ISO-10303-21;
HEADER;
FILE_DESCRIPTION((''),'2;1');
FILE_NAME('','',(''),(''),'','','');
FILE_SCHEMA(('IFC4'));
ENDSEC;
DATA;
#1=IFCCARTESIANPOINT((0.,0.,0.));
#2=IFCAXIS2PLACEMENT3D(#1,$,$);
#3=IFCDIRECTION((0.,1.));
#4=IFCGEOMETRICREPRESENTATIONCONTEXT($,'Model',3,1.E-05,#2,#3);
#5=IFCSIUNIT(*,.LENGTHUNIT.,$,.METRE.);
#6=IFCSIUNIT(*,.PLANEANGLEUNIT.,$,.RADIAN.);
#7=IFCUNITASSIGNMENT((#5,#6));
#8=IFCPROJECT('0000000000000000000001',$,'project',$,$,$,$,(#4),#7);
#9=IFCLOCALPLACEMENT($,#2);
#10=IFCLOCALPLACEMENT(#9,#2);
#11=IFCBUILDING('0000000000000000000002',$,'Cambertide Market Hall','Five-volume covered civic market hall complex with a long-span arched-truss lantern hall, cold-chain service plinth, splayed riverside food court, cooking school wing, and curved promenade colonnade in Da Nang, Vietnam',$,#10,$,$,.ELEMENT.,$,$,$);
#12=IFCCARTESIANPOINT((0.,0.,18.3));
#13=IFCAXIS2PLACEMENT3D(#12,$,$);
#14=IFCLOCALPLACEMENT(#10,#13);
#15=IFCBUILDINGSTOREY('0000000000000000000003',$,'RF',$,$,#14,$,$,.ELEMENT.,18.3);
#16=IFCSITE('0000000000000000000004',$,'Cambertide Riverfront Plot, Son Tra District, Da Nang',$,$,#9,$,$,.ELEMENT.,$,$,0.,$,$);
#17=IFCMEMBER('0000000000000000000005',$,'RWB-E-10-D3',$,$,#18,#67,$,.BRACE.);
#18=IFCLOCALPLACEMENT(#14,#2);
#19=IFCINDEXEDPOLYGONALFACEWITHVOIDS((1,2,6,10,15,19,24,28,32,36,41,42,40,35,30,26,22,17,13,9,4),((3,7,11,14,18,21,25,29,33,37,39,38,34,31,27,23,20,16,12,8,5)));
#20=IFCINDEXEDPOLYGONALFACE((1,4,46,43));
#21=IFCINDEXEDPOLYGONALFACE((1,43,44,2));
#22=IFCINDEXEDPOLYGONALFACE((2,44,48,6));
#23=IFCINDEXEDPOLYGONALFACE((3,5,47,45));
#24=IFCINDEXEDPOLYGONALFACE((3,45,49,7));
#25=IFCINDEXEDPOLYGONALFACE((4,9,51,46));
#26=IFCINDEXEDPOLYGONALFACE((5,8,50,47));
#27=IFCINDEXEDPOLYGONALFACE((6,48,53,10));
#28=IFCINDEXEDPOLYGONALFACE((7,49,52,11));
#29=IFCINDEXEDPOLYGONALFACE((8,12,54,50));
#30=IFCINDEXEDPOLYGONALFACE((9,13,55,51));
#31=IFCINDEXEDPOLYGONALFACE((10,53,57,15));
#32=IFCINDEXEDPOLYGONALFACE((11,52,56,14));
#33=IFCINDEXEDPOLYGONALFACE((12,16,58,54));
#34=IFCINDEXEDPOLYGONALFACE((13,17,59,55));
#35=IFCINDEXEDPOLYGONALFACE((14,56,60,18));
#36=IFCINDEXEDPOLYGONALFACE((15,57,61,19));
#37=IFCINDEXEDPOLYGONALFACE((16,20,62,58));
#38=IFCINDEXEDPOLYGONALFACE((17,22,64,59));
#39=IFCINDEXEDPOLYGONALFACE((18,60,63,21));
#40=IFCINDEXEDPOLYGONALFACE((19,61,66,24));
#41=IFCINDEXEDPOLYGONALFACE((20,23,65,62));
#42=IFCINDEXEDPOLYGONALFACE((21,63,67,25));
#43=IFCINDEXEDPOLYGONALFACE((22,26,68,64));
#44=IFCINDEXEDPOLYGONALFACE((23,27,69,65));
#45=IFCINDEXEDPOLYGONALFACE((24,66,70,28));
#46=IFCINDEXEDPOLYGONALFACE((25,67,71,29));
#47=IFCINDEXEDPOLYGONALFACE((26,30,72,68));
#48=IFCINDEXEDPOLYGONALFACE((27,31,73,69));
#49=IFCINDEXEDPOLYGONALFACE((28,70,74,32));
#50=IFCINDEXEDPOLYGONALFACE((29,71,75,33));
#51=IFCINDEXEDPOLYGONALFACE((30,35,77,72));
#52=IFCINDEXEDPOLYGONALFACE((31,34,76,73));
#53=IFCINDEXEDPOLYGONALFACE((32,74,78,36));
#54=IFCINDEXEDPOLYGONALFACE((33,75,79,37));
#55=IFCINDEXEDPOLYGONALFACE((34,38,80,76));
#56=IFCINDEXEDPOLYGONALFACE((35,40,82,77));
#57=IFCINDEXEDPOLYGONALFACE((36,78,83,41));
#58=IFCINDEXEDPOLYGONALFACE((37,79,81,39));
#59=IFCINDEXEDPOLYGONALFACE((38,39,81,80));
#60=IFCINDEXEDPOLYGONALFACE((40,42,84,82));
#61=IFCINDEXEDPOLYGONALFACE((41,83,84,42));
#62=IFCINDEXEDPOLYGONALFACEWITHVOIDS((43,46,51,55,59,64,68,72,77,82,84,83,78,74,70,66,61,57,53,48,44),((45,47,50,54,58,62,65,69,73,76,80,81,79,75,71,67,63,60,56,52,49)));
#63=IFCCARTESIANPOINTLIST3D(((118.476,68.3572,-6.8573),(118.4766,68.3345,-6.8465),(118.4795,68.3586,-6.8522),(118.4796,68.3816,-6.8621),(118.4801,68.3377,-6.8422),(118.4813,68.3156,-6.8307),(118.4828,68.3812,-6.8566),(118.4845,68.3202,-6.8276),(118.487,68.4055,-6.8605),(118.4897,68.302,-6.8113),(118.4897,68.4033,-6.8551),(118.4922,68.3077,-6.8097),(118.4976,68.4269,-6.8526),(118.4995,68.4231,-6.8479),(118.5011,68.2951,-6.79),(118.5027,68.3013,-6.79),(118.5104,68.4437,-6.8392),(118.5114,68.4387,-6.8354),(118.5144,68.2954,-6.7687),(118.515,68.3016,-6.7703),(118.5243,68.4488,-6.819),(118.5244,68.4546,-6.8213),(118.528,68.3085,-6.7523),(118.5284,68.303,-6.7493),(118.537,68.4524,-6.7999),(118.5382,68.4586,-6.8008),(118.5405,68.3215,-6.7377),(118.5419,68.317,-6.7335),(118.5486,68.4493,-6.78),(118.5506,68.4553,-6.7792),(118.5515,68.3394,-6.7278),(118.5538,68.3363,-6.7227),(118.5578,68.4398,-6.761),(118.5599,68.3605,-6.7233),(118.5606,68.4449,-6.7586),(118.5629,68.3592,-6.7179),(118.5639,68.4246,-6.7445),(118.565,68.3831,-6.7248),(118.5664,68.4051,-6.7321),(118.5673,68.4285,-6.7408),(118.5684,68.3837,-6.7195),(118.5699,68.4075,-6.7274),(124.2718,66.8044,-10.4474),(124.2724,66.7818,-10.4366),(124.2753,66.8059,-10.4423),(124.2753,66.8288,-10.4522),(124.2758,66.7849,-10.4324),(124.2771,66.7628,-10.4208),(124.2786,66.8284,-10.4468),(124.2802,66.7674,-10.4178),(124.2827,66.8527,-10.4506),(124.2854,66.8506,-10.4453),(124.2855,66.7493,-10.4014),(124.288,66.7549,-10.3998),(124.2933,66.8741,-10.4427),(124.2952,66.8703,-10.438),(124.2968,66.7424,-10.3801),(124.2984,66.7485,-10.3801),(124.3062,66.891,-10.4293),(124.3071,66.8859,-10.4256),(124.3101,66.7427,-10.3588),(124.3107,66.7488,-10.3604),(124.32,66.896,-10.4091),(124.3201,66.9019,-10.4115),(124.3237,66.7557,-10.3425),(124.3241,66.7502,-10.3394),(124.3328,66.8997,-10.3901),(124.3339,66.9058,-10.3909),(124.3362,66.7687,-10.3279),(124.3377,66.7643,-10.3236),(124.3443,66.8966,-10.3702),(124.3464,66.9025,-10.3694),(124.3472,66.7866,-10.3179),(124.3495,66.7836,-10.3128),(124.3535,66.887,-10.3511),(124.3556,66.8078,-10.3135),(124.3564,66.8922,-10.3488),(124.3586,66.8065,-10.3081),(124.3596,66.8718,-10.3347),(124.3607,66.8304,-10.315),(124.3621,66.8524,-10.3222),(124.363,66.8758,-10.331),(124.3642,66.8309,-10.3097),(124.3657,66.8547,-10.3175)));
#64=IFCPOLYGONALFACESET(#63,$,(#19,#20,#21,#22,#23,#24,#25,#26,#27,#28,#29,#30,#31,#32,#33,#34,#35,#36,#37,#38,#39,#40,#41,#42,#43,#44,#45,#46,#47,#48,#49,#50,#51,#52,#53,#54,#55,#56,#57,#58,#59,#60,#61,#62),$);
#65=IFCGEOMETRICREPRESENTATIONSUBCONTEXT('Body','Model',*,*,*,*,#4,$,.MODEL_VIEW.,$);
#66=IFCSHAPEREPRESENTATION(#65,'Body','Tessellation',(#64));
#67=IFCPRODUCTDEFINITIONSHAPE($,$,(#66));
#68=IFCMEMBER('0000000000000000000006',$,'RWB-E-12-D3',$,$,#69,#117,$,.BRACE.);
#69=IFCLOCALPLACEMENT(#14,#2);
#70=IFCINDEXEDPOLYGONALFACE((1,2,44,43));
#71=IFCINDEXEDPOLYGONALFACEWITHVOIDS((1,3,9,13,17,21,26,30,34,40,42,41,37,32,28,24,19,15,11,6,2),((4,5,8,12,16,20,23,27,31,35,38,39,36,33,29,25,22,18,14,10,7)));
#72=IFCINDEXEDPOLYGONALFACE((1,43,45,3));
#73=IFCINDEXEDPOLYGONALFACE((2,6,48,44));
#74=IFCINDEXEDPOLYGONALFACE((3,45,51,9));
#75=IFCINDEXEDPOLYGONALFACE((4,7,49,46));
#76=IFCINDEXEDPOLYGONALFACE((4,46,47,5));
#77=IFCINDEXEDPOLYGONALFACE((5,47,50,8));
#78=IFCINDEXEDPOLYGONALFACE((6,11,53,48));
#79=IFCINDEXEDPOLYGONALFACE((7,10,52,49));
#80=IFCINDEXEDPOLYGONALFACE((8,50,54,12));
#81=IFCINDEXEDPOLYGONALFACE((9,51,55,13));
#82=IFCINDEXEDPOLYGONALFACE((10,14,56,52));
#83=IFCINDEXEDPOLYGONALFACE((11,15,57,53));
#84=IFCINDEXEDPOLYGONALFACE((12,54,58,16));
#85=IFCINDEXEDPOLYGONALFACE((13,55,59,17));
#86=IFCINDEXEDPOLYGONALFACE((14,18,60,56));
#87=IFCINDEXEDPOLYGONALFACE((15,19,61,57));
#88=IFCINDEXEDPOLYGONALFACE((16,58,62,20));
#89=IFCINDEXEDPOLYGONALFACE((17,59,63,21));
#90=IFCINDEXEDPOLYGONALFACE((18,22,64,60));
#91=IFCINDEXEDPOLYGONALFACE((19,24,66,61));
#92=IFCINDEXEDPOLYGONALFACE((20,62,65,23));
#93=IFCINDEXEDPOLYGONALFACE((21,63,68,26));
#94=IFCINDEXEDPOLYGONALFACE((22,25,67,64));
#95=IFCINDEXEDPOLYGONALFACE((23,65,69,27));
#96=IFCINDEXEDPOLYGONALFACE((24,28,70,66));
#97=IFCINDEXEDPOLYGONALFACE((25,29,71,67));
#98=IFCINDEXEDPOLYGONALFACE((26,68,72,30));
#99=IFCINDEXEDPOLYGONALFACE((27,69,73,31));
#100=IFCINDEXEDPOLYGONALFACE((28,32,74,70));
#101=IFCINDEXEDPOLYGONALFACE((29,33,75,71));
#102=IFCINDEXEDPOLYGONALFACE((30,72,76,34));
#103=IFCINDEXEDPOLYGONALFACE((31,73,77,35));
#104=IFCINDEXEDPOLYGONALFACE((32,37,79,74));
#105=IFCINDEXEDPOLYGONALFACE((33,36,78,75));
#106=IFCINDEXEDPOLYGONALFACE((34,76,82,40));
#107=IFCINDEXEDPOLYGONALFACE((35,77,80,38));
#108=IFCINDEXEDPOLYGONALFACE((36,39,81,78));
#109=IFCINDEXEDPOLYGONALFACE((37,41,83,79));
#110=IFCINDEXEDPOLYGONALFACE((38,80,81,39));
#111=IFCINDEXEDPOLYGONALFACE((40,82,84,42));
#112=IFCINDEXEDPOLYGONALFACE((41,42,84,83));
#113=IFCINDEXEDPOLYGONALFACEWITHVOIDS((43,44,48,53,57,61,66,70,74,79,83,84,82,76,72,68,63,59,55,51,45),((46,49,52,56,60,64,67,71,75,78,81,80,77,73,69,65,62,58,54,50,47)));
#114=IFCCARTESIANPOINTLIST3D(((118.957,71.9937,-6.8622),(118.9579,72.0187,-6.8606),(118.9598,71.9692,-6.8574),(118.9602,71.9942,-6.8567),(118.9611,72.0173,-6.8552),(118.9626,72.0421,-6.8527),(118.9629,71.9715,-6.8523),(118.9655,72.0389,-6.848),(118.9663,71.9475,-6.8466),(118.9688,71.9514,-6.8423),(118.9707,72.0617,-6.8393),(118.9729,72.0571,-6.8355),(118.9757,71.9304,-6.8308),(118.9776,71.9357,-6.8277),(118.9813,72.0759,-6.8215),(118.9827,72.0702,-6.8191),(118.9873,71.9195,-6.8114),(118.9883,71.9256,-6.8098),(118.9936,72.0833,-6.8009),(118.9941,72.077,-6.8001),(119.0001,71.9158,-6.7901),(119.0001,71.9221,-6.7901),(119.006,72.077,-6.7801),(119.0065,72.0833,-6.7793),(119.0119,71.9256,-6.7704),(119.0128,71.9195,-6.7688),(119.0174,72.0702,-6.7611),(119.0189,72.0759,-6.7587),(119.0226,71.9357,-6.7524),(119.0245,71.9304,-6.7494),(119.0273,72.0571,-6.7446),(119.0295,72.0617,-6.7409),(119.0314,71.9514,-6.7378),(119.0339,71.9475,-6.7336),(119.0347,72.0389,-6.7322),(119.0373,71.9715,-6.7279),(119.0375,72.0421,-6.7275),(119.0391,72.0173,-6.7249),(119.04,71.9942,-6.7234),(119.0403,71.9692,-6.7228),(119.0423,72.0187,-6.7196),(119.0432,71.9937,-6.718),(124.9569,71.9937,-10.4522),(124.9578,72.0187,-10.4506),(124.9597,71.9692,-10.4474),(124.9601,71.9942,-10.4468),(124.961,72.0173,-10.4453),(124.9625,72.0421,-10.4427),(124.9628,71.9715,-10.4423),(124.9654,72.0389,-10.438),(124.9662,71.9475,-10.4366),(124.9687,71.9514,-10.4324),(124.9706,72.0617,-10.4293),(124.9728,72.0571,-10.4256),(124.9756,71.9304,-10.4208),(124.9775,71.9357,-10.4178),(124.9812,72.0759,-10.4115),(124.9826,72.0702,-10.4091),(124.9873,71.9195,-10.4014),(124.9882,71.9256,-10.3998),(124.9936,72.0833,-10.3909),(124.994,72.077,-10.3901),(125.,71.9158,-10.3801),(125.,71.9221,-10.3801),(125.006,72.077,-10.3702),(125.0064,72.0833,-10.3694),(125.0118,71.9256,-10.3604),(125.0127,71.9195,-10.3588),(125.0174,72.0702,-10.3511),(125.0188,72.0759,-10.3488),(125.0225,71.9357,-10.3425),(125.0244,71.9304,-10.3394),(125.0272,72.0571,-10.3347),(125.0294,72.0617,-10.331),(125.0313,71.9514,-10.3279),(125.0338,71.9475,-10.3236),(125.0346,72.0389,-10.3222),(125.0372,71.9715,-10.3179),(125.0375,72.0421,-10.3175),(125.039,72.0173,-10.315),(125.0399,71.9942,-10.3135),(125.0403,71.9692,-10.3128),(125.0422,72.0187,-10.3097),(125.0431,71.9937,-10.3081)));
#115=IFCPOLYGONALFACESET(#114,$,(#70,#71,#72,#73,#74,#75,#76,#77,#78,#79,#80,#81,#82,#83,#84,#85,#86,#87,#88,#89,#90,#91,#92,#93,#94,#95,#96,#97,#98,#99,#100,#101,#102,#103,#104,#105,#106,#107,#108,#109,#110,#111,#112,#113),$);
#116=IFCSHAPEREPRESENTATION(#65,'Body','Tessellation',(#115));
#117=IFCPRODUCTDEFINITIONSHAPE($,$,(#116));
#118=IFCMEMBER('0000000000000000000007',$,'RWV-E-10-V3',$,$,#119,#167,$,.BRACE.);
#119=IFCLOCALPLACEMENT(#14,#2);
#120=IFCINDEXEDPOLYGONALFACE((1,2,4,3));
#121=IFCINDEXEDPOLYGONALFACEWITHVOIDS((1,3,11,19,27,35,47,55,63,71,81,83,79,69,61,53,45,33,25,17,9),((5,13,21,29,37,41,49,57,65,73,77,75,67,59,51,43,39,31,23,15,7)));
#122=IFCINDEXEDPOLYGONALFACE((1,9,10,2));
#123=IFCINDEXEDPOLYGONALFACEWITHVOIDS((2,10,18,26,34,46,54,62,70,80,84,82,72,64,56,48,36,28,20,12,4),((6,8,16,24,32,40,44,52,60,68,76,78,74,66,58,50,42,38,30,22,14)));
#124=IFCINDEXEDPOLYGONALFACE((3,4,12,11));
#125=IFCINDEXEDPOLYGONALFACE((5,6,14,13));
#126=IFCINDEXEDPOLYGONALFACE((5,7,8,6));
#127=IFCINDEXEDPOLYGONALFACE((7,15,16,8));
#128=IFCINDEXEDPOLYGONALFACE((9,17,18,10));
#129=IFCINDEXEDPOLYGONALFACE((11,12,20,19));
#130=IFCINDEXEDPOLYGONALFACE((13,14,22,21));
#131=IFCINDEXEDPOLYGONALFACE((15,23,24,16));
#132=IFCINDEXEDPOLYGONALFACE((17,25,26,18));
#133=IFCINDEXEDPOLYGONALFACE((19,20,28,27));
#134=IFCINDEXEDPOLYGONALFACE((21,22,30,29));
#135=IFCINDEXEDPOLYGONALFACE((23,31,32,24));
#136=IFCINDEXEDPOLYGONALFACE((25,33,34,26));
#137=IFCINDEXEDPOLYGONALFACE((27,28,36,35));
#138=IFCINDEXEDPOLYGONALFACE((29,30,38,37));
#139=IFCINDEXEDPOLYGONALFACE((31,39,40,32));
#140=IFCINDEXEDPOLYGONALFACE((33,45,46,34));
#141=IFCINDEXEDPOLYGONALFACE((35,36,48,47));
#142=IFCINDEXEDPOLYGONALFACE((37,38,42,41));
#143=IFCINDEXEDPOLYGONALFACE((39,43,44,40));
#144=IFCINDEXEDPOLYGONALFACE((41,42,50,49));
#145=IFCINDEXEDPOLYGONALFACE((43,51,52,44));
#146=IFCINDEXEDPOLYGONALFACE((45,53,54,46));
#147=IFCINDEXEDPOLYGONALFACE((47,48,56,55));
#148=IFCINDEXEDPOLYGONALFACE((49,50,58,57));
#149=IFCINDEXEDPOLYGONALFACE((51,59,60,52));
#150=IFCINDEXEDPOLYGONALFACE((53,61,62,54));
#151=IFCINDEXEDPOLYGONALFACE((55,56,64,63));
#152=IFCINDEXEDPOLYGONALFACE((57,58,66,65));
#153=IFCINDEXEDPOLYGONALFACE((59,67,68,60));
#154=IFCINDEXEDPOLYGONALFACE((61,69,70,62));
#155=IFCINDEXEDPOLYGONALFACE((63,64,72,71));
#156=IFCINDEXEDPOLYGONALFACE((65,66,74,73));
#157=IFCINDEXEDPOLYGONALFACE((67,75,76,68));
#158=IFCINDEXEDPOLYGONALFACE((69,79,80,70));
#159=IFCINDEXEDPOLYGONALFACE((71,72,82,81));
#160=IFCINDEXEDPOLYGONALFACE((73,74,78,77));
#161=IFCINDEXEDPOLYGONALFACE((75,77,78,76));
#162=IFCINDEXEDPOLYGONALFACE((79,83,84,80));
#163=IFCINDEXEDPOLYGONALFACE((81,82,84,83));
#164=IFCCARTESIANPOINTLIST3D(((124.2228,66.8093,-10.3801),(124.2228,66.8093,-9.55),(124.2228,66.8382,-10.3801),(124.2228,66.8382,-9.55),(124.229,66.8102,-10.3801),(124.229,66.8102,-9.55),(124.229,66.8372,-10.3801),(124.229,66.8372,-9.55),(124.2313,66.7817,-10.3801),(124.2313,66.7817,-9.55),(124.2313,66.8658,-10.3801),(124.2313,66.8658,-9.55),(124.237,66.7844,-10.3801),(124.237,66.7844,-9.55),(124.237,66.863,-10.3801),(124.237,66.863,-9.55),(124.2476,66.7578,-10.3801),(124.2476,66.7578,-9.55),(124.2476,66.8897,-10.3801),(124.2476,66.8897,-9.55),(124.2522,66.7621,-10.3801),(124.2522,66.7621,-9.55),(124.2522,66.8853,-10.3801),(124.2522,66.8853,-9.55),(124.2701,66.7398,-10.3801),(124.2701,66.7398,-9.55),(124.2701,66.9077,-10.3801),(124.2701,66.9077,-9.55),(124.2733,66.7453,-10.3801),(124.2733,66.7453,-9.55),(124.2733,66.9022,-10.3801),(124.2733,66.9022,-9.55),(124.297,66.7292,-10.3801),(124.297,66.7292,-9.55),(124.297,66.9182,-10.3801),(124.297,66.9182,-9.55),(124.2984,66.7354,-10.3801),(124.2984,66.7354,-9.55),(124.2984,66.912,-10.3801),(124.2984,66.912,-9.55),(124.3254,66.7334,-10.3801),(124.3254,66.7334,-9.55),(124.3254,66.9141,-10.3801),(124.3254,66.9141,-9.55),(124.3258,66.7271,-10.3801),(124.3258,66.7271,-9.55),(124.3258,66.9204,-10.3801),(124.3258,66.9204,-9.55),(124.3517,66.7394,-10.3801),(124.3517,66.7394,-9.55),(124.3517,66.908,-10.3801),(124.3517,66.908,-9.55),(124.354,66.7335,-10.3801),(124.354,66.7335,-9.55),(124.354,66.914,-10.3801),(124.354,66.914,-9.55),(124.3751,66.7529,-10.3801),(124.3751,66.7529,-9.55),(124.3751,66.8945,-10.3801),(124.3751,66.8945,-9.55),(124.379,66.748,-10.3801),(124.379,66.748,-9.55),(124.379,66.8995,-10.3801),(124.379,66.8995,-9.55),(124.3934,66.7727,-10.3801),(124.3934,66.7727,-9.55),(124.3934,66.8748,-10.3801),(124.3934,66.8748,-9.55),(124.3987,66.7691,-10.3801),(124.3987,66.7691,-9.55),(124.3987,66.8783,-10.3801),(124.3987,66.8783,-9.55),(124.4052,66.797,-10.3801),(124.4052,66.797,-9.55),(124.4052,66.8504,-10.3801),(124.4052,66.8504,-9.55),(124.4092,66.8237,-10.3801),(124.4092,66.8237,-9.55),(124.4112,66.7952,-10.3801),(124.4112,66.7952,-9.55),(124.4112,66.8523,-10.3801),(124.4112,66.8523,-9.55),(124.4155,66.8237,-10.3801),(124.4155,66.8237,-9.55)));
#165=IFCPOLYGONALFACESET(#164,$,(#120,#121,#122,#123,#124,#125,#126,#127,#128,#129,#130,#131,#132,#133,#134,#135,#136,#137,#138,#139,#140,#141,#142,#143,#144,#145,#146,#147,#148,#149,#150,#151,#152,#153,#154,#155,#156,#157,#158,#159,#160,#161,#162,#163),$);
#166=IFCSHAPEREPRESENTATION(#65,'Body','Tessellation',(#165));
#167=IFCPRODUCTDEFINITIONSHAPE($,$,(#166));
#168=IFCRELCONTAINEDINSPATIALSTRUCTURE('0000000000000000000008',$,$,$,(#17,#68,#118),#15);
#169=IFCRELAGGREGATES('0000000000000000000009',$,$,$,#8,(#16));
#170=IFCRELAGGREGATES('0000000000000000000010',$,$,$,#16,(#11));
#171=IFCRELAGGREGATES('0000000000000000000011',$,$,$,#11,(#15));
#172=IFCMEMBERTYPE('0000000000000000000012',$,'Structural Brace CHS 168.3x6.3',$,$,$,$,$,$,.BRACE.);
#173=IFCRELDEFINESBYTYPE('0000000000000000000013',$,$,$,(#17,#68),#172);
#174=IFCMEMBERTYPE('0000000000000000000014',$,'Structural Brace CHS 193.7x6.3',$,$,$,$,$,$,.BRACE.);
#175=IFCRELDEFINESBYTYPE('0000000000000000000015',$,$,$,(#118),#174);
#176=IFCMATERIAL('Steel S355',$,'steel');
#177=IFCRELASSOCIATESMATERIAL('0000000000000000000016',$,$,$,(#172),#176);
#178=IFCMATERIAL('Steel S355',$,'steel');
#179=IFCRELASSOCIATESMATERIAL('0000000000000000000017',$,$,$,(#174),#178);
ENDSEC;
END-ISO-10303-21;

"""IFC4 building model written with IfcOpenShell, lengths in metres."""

from ifc_helpers import new_model, si_unit, direction, frame, origin, origin_2d, place, context, subcontext, project, spatial, hollow_circle, extrude, material, material_profile, profile_set, type_object, element, save


model = new_model("IFC4")

# Units and contexts
model_context = context("Model", 3, precision=1e-05, world=origin(), true_north=direction((0.0, 1.0)))
body_context = subcontext(model_context, "Body", "Model", "MODEL_VIEW")
ifc_project = project(units=[si_unit("LENGTHUNIT", "METRE"), si_unit("PLANEANGLEUNIT", "RADIAN")], contexts=[model_context])

# Site, building, storey
site_placement = place(None, origin())
site = spatial("IfcSite", under=ifc_project, at=site_placement, Name="Cambertide Riverfront Plot, Son Tra District, Da Nang", CompositionType="ELEMENT", RefElevation=0.0)
building_placement = place(site_placement, origin())
building = spatial("IfcBuilding", under=site, at=building_placement, Name="Cambertide Market Hall", Description="Five-volume covered civic market hall complex with a long-span arched-truss lantern hall, cold-chain service plinth, splayed riverside food court, cooking school wing, and curved promenade colonnade in Da Nang, Vietnam", CompositionType="ELEMENT")
storey_placement = place(building_placement, frame((0.0, 0.0, 18.3)))
storey = spatial("IfcBuildingStorey", under=building, at=storey_placement, Name="RF", CompositionType="ELEMENT", Elevation=18.3)

# Members
ifc_material_1 = material(Name="Steel S355", Category="steel")
ifc_material_profile_1 = material_profile(ifc_material_1, hollow_circle(Radius=0.0842, WallThickness=0.0063, at=origin_2d()), Name="CHS 168.3x6.3")
ifc_profile_set_1 = profile_set([ifc_material_profile_1], Name="Steel S355")
member_type_1 = type_object("IfcMemberType", Name="Structural Brace CHS 168.3x6.3", PredefinedType="BRACE", material=ifc_profile_set_1)
member_1_placement = place(storey_placement, frame((124.3186, 66.8237, -10.3801), z_axis=(-0.828887, 0.22207, 0.51345), x_axis=(-0.258787, -0.965934, 0.0)))
element("IfcMember", 1, at=member_1_placement, inside=storey, type_object=member_type_1, Name="RWB-E-10-D3", PredefinedType="BRACE", context=body_context, shape_type="SweptSolid", body=[
    extrude(hollow_circle(Radius=0.0842, WallThickness=0.0063, at=origin_2d()), origin(), (0.0, 0.0, 1.0), 6.9922),
])
member_2_placement = place(storey_placement, frame((125.0, 72.0, -10.3801), z_axis=(-0.858118, 0.0, 0.513453), x_axis=(0.0, -1.0, 0.0)))
element("IfcMember", 2, at=member_2_placement, inside=storey, type_object=member_type_1, Name="RWB-E-12-D3", PredefinedType="BRACE", context=body_context, shape_type="SweptSolid", body=[
    extrude(hollow_circle(Radius=0.0842, WallThickness=0.0063, at=origin_2d()), origin(), (0.0, 0.0, 1.0), 6.9919),
])
ifc_material_2 = material(Name="Steel S355", Category="steel")
ifc_material_profile_2 = material_profile(ifc_material_2, hollow_circle(Radius=0.0969, WallThickness=0.0063, at=origin_2d()), Name="CHS 193.7x6.3")
ifc_profile_set_2 = profile_set([ifc_material_profile_2], Name="Steel S355")
member_type_2 = type_object("IfcMemberType", Name="Structural Brace CHS 193.7x6.3", PredefinedType="BRACE", material=ifc_profile_set_2)
for number, where, z_axis, x_axis, name in (
    (3, (124.3186, 66.8237, -10.3801), (0.0, 0.0, 1.0), (1.0, 0.0, 0.0), "RWV-E-10-V3"),
):
    element("IfcMember", number, at=place(storey_placement, frame(where, z_axis=z_axis, x_axis=x_axis)), inside=storey, type_object=member_type_2, Name=name, PredefinedType="BRACE", context=body_context, shape_type="SweptSolid", body=[
        extrude(hollow_circle(Radius=0.0969, WallThickness=0.0063, at=origin_2d()), origin(), (0.0, 0.0, 1.0), 0.8301),
    ])

save(model, "model.ifc")
